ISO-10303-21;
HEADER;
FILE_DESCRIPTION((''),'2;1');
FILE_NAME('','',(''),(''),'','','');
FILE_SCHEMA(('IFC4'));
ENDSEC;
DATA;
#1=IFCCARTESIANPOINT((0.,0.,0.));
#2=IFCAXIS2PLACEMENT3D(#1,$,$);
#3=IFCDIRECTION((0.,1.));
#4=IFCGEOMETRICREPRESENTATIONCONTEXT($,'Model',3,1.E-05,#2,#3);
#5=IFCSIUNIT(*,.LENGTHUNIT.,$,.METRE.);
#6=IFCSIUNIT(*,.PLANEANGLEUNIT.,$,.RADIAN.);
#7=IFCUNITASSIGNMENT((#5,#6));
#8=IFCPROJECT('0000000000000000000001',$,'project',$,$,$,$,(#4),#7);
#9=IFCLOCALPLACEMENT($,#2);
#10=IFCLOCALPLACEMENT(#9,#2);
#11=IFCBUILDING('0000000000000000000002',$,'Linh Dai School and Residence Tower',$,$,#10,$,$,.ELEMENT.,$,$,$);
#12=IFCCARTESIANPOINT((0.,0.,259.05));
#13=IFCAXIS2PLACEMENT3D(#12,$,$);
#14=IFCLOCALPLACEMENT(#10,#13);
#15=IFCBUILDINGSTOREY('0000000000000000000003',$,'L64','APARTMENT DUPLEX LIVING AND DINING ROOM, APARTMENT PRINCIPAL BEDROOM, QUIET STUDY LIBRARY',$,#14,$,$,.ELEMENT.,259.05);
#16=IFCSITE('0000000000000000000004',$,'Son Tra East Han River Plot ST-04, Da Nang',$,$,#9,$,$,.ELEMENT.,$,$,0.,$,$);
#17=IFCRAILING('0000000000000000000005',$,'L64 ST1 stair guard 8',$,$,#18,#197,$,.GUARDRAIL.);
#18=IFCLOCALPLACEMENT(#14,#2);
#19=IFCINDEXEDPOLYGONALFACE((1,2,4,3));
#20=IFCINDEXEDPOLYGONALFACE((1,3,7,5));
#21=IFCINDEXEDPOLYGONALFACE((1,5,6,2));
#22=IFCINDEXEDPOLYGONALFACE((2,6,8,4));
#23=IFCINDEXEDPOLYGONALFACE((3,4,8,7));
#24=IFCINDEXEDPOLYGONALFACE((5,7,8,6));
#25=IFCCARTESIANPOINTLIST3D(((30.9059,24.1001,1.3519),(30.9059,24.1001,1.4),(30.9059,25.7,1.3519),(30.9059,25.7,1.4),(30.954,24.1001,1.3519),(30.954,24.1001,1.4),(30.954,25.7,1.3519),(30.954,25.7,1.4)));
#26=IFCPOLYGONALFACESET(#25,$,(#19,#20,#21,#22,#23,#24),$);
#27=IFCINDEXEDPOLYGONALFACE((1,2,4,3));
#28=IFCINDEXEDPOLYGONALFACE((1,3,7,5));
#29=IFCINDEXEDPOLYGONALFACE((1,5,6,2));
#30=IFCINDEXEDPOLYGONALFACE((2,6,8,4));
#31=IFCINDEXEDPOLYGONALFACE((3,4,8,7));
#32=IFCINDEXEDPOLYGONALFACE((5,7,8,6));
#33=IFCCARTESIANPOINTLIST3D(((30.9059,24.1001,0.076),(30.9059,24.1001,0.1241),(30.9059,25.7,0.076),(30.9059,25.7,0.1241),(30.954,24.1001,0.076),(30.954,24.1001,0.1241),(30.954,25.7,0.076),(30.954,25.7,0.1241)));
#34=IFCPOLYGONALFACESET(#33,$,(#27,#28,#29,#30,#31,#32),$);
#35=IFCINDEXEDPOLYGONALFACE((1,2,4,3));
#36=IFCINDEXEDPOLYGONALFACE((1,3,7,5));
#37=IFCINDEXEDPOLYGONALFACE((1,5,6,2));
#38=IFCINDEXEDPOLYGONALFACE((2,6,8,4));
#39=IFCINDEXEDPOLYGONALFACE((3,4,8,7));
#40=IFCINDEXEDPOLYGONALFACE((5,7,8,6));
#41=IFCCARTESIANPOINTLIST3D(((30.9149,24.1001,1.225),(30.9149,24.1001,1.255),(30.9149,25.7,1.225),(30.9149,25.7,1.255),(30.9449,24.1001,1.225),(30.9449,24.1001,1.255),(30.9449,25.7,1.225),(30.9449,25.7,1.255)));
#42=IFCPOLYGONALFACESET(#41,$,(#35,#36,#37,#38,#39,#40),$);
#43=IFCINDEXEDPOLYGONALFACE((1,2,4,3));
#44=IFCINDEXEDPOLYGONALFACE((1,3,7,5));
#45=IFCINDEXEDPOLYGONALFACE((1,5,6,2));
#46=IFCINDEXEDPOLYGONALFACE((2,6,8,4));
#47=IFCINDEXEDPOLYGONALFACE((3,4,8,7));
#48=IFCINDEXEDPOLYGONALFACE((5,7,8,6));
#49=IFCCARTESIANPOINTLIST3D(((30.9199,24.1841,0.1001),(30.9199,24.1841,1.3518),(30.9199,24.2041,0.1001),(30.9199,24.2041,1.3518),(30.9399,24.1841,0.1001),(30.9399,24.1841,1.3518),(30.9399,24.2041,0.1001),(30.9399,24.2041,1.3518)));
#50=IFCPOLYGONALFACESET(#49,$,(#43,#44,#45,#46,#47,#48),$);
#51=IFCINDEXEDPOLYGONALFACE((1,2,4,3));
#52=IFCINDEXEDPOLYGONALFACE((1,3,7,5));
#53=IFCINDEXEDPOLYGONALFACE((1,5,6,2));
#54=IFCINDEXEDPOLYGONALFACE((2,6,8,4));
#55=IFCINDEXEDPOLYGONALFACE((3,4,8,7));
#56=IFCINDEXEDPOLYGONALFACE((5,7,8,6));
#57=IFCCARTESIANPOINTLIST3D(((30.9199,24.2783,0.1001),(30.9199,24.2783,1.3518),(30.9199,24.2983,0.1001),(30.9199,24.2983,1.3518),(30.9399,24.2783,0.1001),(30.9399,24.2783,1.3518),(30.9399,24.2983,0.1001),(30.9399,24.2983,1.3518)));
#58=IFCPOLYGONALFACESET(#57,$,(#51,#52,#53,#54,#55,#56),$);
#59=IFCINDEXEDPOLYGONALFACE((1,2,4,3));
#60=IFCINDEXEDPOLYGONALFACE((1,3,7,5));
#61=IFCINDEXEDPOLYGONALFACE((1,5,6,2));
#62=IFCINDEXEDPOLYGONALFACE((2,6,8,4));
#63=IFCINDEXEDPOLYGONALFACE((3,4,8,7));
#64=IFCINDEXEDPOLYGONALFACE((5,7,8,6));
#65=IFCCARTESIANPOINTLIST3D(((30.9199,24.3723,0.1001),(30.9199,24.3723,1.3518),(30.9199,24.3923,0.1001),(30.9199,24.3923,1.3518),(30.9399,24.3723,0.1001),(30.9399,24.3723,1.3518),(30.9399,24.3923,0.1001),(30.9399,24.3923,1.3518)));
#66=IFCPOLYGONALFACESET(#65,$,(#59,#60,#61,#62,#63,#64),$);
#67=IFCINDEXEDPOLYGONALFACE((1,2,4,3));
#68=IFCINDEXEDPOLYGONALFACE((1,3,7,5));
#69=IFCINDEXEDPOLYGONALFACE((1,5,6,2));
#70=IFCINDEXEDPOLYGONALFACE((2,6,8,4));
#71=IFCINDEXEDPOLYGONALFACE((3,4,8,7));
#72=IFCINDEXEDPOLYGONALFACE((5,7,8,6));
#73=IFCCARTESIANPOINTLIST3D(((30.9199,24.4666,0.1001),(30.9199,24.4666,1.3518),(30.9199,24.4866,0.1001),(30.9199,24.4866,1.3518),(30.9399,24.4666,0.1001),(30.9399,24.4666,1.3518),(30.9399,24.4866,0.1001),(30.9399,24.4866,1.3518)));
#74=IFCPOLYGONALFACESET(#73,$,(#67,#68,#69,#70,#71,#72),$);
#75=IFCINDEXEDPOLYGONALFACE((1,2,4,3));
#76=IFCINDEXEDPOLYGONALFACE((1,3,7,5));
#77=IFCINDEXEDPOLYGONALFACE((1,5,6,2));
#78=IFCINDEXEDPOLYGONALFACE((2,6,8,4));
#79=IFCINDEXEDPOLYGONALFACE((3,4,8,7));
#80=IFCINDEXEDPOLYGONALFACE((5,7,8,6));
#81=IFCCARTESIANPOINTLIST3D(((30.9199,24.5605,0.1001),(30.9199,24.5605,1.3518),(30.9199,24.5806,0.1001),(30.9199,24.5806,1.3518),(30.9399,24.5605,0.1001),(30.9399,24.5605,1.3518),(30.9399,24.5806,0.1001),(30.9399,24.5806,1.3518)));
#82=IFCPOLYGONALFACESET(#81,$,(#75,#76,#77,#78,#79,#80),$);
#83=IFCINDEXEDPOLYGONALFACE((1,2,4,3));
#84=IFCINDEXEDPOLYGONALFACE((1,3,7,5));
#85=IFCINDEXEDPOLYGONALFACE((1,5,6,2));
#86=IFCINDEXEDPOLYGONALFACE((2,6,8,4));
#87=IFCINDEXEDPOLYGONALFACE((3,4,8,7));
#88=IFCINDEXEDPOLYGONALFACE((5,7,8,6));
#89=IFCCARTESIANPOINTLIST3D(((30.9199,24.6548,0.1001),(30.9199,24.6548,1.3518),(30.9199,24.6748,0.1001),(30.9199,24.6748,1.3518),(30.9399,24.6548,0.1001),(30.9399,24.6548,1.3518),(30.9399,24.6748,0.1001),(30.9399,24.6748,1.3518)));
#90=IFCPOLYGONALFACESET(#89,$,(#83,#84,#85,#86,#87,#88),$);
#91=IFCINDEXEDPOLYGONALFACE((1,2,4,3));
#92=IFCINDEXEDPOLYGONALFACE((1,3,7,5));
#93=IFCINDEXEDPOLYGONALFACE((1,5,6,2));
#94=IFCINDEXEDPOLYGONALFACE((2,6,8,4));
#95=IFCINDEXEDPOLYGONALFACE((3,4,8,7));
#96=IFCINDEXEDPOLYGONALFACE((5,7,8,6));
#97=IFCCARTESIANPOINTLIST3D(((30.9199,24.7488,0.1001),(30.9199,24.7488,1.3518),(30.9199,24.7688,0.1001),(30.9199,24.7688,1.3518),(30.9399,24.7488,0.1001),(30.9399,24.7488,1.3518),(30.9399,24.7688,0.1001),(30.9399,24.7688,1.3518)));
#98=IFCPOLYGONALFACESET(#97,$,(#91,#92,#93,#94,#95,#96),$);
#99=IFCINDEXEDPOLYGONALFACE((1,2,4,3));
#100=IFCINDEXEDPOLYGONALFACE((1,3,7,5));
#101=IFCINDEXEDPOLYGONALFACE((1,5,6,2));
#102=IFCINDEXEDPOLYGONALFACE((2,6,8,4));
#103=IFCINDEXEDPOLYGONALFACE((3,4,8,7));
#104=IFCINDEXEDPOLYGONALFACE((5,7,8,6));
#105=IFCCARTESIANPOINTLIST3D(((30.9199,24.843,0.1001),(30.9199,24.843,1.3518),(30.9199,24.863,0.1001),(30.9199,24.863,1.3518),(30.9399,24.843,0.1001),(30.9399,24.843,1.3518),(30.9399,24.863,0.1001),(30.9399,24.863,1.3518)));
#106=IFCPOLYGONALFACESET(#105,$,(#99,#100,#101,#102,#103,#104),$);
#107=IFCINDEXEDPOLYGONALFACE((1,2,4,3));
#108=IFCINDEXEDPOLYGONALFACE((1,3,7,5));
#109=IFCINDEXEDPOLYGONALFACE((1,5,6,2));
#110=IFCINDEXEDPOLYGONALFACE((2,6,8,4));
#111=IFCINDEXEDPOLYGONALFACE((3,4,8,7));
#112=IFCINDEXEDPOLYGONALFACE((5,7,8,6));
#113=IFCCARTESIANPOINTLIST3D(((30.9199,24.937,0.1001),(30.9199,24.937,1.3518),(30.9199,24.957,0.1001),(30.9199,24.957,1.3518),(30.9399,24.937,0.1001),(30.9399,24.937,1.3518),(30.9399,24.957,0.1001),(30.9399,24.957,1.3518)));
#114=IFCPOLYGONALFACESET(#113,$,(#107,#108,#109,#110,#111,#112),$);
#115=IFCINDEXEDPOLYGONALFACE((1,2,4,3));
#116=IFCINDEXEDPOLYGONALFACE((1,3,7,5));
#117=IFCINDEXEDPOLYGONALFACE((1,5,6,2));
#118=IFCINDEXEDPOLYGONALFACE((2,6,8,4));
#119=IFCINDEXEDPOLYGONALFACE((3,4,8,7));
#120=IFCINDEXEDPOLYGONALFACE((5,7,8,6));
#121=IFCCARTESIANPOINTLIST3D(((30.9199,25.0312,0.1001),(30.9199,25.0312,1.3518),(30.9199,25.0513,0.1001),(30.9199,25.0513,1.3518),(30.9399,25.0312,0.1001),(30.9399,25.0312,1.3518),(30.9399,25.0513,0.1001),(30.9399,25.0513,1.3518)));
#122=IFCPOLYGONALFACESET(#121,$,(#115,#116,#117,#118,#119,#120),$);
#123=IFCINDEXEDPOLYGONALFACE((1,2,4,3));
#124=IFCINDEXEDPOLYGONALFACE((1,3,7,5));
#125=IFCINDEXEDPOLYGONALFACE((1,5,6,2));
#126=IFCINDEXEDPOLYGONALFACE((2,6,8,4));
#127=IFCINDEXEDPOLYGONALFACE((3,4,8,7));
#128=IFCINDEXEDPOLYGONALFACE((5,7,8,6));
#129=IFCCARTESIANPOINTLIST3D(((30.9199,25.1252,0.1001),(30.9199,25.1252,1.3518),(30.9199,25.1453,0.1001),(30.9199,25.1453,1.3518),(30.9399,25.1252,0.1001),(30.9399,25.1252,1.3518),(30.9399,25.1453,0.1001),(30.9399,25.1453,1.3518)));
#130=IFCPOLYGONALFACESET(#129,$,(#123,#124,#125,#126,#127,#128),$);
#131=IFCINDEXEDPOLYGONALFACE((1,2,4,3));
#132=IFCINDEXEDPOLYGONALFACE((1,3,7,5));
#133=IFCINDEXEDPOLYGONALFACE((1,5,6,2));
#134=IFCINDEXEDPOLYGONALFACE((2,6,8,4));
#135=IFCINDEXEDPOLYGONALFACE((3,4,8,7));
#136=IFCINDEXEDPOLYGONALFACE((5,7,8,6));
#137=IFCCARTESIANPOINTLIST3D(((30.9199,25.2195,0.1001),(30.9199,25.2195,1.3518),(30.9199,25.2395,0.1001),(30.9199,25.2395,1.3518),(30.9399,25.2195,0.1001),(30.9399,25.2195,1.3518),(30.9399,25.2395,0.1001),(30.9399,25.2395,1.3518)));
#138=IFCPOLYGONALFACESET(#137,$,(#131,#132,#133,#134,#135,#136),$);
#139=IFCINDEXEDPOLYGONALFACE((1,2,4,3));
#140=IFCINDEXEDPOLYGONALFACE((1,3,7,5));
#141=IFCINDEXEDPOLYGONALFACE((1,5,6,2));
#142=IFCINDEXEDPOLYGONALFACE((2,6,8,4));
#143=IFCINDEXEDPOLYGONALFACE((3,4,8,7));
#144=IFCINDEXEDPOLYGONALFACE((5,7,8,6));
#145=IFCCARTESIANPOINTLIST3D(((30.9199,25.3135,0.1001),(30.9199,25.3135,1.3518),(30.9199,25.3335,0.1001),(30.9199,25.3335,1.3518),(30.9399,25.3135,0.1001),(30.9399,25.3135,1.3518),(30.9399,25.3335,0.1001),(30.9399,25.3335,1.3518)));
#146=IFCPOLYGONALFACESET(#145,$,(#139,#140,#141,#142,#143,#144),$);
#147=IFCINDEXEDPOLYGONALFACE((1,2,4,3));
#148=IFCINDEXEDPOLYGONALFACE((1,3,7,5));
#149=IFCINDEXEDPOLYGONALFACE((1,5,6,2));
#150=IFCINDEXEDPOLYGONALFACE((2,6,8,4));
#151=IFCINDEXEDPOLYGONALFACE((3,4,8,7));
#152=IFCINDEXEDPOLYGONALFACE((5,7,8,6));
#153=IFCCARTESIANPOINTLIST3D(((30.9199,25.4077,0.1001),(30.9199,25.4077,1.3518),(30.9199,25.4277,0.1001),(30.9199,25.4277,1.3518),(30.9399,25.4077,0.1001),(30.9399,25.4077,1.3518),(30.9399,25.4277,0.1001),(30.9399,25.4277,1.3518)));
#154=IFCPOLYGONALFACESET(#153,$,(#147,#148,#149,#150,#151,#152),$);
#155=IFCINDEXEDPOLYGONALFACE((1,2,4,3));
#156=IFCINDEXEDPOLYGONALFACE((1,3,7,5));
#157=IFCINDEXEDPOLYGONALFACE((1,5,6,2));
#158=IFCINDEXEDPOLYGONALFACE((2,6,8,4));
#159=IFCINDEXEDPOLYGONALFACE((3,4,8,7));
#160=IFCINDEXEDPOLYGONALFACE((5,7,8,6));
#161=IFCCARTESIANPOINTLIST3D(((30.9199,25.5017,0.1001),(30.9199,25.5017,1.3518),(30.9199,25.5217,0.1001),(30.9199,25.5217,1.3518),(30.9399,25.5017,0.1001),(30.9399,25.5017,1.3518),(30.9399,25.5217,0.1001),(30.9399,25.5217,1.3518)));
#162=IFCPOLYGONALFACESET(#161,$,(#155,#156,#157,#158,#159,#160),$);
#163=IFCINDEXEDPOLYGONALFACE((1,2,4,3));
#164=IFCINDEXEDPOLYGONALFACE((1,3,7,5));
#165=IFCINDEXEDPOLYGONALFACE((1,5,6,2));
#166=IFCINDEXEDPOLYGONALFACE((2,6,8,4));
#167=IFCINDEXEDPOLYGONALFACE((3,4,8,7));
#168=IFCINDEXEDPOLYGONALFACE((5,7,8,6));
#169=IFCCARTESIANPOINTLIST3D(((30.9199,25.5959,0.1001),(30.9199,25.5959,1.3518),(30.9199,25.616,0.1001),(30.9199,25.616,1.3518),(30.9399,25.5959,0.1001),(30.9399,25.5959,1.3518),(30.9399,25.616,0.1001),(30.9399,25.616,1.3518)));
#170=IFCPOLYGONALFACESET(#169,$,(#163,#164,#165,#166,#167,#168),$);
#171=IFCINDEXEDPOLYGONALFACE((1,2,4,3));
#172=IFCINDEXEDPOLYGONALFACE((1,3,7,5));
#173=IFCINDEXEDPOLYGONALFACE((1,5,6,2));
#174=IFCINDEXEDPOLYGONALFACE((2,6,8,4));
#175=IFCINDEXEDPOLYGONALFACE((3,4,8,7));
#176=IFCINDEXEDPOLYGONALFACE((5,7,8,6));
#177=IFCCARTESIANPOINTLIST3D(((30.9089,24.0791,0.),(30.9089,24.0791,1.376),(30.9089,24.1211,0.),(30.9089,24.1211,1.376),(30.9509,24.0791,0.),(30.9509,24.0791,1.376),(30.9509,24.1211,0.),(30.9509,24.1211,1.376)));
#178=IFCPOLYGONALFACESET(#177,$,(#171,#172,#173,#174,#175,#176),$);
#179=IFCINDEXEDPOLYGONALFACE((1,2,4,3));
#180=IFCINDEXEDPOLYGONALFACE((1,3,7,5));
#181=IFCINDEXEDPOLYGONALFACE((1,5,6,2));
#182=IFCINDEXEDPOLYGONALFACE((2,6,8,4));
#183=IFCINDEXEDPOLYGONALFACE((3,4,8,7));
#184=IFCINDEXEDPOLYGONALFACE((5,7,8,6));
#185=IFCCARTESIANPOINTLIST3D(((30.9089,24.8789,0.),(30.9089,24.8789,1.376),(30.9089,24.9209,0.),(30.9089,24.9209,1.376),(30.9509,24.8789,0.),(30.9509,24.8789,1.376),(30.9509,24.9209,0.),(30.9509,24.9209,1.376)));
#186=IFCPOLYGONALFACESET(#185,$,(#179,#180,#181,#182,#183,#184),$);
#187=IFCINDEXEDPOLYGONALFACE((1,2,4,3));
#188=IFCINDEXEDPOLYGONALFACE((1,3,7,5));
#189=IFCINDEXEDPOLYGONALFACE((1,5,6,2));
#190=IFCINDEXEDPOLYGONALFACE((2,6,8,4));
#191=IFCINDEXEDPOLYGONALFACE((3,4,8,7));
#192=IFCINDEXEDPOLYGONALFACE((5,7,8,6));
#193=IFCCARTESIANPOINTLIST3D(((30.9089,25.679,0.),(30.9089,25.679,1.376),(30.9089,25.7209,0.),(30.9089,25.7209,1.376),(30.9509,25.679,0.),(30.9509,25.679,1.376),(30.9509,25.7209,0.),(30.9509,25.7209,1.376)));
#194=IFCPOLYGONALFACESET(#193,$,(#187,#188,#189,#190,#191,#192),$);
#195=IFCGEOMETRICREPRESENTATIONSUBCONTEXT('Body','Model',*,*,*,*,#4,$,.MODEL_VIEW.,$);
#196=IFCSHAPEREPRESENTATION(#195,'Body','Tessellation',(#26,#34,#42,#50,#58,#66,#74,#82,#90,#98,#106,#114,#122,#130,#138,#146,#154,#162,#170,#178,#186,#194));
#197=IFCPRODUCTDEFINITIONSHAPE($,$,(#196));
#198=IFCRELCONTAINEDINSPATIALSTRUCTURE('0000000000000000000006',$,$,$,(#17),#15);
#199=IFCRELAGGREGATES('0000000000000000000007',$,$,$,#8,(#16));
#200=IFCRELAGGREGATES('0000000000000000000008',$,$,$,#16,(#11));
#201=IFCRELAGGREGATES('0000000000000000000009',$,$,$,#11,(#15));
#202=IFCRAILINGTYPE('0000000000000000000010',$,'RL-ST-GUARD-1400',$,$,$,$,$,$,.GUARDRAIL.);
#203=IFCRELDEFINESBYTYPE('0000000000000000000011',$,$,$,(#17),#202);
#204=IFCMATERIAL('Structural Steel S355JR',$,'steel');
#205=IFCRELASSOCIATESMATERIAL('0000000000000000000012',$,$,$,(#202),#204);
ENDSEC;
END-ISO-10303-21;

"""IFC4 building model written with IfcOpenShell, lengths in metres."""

from ifc_helpers import new_model, si_unit, direction, frame, origin, origin_2d, place, context, subcontext, project, spatial, rectangle, extrude, source, transform, mapped, material, type_object, element, save


model = new_model("IFC4")

# Units and contexts
model_context = context("Model", 3, precision=1e-05, world=origin(), true_north=direction((0.0, 1.0)))
body_context = subcontext(model_context, "Body", "Model", "MODEL_VIEW")
ifc_project = project(units=[si_unit("LENGTHUNIT", "METRE"), si_unit("PLANEANGLEUNIT", "RADIAN")], contexts=[model_context])

# Site, building, storey
site_placement = place(None, origin())
site = spatial("IfcSite", under=ifc_project, at=site_placement, Name="Son Tra East Han River Plot ST-04, Da Nang", CompositionType="ELEMENT", RefElevation=0.0)
building_placement = place(site_placement, origin())
building = spatial("IfcBuilding", under=site, at=building_placement, Name="Linh Dai School and Residence Tower", CompositionType="ELEMENT")
storey_placement = place(building_placement, frame((0.0, 0.0, 259.05)))
storey = spatial("IfcBuildingStorey", under=building, at=storey_placement, Name="L64", Description="APARTMENT DUPLEX LIVING AND DINING ROOM, APARTMENT PRINCIPAL BEDROOM, QUIET STUDY LIBRARY", CompositionType="ELEMENT", Elevation=259.05)

# Shared definitions
ifc_material_1 = material(Name="Structural Steel S355JR", Category="steel")

# Railing
railing_type = type_object("IfcRailingType", Name="RL-ST-GUARD-1400", PredefinedType="GUARDRAIL", material=ifc_material_1)
shared_shape_1 = source(origin(), body_context, "Body", "SweptSolid", [
    extrude(rectangle(XDim=0.0481, YDim=0.0481, at=origin_2d()), frame((0.0, 0.0, 1.376), z_axis=(0.0, 1.0, 0.0), x_axis=(-1.0, 0.0, 0.0)), (0.0, 0.0, 1.0), 1.5999),
    extrude(rectangle(XDim=0.0481, YDim=0.0481, at=origin_2d()), frame((0.0, 0.0, 0.1001), z_axis=(0.0, 1.0, 0.0), x_axis=(-1.0, 0.0, 0.0)), (0.0, 0.0, 1.0), 1.5999),
    extrude(rectangle(XDim=0.03, YDim=0.03, at=origin_2d()), frame((0.0, 0.0, 1.24), z_axis=(0.0, 1.0, 0.0), x_axis=(-1.0, 0.0, 0.0)), (0.0, 0.0, 1.0), 1.5999),
    extrude(rectangle(XDim=0.02, YDim=0.02, at=origin_2d()), frame((0.0, 0.094, 0.1001)), (0.0, 0.0, 1.0), 1.2517),
    extrude(rectangle(XDim=0.02, YDim=0.02, at=origin_2d()), frame((0.0, 0.1882, 0.1001)), (0.0, 0.0, 1.0), 1.2517),
    extrude(rectangle(XDim=0.02, YDim=0.02, at=origin_2d()), frame((0.0, 0.2822, 0.1001)), (0.0, 0.0, 1.0), 1.2517),
    extrude(rectangle(XDim=0.02, YDim=0.02, at=origin_2d()), frame((0.0, 0.3765, 0.1001)), (0.0, 0.0, 1.0), 1.2517),
    extrude(rectangle(XDim=0.02, YDim=0.02, at=origin_2d()), frame((0.0, 0.4705, 0.1001)), (0.0, 0.0, 1.0), 1.2517),
    extrude(rectangle(XDim=0.02, YDim=0.02, at=origin_2d()), frame((0.0, 0.5647, 0.1001)), (0.0, 0.0, 1.0), 1.2517),
    extrude(rectangle(XDim=0.02, YDim=0.02, at=origin_2d()), frame((0.0, 0.6587, 0.1001)), (0.0, 0.0, 1.0), 1.2517),
    extrude(rectangle(XDim=0.02, YDim=0.02, at=origin_2d()), frame((0.0, 0.7529, 0.1001)), (0.0, 0.0, 1.0), 1.2517),
    extrude(rectangle(XDim=0.02, YDim=0.02, at=origin_2d()), frame((0.0, 0.8469, 0.1001)), (0.0, 0.0, 1.0), 1.2517),
    extrude(rectangle(XDim=0.02, YDim=0.02, at=origin_2d()), frame((0.0, 0.9412, 0.1001)), (0.0, 0.0, 1.0), 1.2517),
    extrude(rectangle(XDim=0.02, YDim=0.02, at=origin_2d()), frame((0.0, 1.0352, 0.1001)), (0.0, 0.0, 1.0), 1.2517),
    extrude(rectangle(XDim=0.02, YDim=0.02, at=origin_2d()), frame((0.0, 1.1294, 0.1001)), (0.0, 0.0, 1.0), 1.2517),
    extrude(rectangle(XDim=0.02, YDim=0.02, at=origin_2d()), frame((0.0, 1.2234, 0.1001)), (0.0, 0.0, 1.0), 1.2517),
    extrude(rectangle(XDim=0.02, YDim=0.02, at=origin_2d()), frame((0.0, 1.3176, 0.1001)), (0.0, 0.0, 1.0), 1.2517),
    extrude(rectangle(XDim=0.02, YDim=0.02, at=origin_2d()), frame((0.0, 1.4116, 0.1001)), (0.0, 0.0, 1.0), 1.2517),
    extrude(rectangle(XDim=0.02, YDim=0.02, at=origin_2d()), frame((0.0, 1.5059, 0.1001)), (0.0, 0.0, 1.0), 1.2517),
    extrude(rectangle(XDim=0.042, YDim=0.042, at=origin_2d()), origin(), (0.0, 0.0, 1.0), 1.376),
    extrude(rectangle(XDim=0.042, YDim=0.042, at=origin_2d()), frame((0.0, 0.7998, 0.0)), (0.0, 0.0, 1.0), 1.376),
    extrude(rectangle(XDim=0.042, YDim=0.042, at=origin_2d()), frame((0.0, 1.5999, 0.0)), (0.0, 0.0, 1.0), 1.376),
])
for number, where, name in (
    (1, (30.9299, 24.1001, 0.0), "L64 ST1 stair guard 8"),
):
    element("IfcRailing", number, at=place(storey_placement, frame(where)), inside=storey, type_object=railing_type, Name=name, PredefinedType="GUARDRAIL", context=body_context, shape_type="MappedRepresentation", body=[
        mapped(shared_shape_1, transform((0.0, 0.0, 0.0), x_axis=(1.0, 0.0, 0.0), y_axis=(0.0, 1.0, 0.0), z_axis=(0.0, 0.0, 1.0), scale=1.0)),
    ])

save(model, "model.ifc")
